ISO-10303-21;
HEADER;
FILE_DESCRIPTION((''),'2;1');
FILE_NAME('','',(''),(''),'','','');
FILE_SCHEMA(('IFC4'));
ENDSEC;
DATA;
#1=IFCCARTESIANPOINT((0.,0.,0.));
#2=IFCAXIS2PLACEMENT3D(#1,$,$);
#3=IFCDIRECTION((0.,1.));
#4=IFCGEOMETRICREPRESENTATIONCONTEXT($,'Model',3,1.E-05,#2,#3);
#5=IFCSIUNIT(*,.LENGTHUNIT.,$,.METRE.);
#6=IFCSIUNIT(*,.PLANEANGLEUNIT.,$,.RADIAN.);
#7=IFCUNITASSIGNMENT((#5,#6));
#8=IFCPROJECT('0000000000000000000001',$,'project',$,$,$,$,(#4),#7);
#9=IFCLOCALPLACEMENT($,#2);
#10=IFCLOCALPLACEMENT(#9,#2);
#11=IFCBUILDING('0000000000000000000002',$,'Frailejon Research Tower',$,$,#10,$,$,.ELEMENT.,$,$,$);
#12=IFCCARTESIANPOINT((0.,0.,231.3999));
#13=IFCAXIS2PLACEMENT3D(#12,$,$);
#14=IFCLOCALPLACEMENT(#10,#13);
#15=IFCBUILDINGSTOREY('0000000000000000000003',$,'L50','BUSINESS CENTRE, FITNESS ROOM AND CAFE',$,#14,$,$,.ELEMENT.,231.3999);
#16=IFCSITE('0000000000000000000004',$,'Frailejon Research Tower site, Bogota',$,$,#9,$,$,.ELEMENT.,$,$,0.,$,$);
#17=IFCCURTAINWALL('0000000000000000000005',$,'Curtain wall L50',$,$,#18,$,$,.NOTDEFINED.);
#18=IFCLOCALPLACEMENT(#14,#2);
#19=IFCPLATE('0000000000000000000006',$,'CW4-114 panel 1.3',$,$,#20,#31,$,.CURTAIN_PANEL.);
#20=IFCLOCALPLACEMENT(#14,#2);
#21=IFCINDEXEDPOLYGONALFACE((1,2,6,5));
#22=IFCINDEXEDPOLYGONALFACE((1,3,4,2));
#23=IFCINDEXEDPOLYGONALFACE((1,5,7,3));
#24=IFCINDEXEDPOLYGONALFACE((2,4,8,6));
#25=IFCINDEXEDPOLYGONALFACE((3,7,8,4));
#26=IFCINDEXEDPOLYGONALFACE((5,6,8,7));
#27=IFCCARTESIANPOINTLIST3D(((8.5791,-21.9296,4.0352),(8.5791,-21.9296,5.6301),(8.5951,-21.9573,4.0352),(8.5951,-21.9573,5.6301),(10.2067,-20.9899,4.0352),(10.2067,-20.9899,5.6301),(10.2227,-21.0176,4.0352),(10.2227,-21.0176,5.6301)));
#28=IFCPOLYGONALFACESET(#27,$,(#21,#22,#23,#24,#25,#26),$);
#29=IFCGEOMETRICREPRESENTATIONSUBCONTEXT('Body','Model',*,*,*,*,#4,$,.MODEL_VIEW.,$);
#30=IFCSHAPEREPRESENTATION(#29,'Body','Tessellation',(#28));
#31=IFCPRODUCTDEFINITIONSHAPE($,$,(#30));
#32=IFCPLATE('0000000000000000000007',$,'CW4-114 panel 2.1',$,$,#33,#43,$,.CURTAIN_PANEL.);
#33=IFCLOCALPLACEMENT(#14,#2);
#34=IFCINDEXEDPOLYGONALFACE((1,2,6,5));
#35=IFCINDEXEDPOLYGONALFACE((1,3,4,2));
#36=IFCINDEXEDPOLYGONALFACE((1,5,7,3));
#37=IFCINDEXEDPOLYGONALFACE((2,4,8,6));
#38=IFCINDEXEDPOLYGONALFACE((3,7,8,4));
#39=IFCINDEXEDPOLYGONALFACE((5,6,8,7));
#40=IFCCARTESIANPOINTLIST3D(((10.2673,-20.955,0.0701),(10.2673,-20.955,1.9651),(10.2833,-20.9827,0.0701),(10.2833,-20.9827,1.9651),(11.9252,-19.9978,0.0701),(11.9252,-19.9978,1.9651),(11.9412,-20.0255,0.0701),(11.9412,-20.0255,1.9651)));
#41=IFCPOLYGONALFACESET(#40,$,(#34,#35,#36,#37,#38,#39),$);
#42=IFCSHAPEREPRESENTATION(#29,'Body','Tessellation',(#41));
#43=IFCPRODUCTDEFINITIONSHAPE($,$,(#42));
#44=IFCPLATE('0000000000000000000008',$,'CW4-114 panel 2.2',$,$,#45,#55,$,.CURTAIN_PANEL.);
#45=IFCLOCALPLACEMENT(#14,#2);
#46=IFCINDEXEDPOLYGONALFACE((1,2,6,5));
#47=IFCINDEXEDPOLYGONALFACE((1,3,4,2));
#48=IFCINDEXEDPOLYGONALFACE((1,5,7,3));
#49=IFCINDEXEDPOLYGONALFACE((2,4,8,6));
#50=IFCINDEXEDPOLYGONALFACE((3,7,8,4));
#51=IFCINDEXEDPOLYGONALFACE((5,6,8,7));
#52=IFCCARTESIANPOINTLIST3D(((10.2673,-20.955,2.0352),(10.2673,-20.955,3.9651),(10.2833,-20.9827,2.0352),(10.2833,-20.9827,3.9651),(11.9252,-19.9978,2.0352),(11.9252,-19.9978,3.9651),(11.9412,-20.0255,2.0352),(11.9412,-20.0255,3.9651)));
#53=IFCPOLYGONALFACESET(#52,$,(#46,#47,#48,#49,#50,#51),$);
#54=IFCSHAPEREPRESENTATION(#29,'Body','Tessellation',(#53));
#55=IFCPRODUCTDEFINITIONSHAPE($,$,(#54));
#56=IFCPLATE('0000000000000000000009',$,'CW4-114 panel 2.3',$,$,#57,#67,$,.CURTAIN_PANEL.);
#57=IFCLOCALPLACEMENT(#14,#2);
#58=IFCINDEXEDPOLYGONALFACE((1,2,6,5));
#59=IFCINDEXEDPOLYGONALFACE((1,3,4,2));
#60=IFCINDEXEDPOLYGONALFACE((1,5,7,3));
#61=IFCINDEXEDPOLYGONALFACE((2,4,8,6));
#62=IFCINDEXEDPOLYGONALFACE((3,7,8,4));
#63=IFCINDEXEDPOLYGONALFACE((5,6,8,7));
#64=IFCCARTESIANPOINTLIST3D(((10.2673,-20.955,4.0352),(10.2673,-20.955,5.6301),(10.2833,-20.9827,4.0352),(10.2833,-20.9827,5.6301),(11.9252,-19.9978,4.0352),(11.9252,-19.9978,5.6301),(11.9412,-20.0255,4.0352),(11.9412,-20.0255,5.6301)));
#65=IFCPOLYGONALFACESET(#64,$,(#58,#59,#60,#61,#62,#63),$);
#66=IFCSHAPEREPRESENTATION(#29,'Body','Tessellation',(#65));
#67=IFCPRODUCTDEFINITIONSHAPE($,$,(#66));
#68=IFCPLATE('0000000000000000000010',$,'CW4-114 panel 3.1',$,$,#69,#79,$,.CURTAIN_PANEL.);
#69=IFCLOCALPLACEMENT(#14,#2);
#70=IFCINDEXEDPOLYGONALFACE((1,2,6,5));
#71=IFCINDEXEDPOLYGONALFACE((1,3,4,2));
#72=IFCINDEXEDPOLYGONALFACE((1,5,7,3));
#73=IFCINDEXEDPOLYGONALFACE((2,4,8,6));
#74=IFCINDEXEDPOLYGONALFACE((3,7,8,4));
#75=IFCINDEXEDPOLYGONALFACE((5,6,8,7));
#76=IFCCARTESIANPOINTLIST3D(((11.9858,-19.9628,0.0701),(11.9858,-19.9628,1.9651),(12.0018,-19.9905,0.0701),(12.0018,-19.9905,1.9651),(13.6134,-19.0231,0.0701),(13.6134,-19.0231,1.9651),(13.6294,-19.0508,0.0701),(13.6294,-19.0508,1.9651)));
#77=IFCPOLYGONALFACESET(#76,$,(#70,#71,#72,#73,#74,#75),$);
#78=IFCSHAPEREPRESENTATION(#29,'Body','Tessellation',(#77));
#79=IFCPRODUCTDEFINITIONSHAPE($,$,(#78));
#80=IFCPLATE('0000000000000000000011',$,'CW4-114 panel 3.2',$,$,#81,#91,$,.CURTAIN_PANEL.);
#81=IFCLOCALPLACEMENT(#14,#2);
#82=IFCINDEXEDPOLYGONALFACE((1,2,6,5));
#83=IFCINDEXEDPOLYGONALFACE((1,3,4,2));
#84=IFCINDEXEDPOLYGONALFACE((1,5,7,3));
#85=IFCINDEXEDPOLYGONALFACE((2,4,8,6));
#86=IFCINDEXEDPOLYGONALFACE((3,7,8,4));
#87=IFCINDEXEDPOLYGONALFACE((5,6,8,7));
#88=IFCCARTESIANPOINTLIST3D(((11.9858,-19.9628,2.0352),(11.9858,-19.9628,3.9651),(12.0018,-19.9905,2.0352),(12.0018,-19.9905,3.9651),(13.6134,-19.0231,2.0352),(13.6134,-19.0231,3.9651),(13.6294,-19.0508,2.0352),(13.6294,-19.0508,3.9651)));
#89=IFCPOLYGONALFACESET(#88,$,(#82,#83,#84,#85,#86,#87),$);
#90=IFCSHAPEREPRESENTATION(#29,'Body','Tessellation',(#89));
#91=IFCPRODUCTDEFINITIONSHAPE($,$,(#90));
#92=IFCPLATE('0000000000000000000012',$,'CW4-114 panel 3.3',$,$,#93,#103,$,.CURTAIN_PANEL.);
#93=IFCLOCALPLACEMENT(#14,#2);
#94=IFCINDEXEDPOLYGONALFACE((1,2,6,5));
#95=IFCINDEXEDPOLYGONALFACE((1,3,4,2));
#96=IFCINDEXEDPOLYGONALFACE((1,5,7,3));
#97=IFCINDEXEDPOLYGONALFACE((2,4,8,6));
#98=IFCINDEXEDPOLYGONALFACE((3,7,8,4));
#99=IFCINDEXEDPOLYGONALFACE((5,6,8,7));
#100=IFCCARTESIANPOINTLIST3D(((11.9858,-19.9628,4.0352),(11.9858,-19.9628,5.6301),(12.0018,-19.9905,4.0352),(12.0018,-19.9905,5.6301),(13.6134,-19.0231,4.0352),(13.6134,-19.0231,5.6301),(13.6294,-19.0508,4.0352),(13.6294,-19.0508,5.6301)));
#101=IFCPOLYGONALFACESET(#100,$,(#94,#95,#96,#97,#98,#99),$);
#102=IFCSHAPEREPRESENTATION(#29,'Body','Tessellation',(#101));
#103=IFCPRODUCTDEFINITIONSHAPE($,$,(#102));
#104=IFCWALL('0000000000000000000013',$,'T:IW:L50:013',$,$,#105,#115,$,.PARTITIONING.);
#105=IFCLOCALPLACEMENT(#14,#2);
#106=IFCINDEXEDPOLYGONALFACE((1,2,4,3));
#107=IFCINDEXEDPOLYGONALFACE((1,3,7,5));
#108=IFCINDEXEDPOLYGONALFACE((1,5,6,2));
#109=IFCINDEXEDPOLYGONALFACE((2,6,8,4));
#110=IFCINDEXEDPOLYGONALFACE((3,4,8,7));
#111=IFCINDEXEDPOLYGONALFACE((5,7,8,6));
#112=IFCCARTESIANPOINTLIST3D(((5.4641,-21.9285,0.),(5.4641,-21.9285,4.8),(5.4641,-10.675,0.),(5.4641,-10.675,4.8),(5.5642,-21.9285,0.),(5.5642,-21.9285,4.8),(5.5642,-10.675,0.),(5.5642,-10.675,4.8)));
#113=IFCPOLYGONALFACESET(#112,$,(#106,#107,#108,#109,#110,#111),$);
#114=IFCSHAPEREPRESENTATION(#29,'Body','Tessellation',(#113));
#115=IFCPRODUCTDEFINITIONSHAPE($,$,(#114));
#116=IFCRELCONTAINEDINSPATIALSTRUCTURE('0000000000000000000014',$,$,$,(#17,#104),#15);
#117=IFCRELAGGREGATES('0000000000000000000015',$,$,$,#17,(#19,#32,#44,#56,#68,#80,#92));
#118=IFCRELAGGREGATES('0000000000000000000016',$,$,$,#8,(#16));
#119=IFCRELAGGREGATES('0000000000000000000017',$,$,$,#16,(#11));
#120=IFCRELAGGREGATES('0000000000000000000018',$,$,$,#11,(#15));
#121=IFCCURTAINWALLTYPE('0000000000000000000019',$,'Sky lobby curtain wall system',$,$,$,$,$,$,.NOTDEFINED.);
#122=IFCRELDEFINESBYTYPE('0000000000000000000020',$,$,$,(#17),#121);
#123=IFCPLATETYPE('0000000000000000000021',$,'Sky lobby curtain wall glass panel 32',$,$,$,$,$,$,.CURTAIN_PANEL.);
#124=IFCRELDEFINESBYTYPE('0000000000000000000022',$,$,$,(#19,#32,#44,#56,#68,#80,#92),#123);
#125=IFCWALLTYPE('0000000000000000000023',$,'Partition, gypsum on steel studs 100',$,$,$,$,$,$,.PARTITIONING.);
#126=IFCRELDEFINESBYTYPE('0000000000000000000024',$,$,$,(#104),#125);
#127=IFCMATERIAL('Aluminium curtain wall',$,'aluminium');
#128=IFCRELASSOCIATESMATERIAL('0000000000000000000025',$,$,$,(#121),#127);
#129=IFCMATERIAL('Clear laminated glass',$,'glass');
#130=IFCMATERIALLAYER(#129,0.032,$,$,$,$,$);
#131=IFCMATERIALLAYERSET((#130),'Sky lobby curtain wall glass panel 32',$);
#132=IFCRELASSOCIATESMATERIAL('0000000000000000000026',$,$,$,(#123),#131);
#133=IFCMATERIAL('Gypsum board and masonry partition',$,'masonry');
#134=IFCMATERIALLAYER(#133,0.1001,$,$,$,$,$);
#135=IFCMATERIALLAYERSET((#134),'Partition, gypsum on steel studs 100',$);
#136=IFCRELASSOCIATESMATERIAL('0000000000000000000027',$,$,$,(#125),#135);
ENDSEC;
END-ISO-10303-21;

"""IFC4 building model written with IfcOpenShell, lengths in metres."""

from ifc_helpers import new_model, si_unit, direction, frame, frame_2d, origin, origin_2d, place, context, subcontext, project, spatial, rectangle, extrude, material, layer, layer_set, type_object, element, aggregate, save


model = new_model("IFC4")

# Units and contexts
model_context = context("Model", 3, precision=1e-05, world=origin(), true_north=direction((0.0, 1.0)))
body_context = subcontext(model_context, "Body", "Model", "MODEL_VIEW")
ifc_project = project(units=[si_unit("LENGTHUNIT", "METRE"), si_unit("PLANEANGLEUNIT", "RADIAN")], contexts=[model_context])

# Site, building, storey
site_placement = place(None, origin())
site = spatial("IfcSite", under=ifc_project, at=site_placement, Name="Frailejon Research Tower site, Bogota", CompositionType="ELEMENT", RefElevation=0.0)
building_placement = place(site_placement, origin())
building = spatial("IfcBuilding", under=site, at=building_placement, Name="Frailejon Research Tower", CompositionType="ELEMENT")
storey_placement = place(building_placement, frame((0.0, 0.0, 231.3999)))
storey = spatial("IfcBuildingStorey", under=building, at=storey_placement, Name="L50", Description="BUSINESS CENTRE, FITNESS ROOM AND CAFE", CompositionType="ELEMENT", Elevation=231.3999)

# Curtain wall, plates
ifc_material_1 = material(Name="Aluminium curtain wall", Category="aluminium")
curtain_wall_type = type_object("IfcCurtainWallType", Name="Sky lobby curtain wall system", PredefinedType="NOTDEFINED", material=ifc_material_1)
curtain_wall_placement = place(storey_placement, origin())
curtain_wall = element("IfcCurtainWall", 1, at=curtain_wall_placement, inside=storey, type_object=curtain_wall_type, Name="Curtain wall L50", PredefinedType="NOTDEFINED")
ifc_material_2 = material(Name="Clear laminated glass", Category="glass")
ifc_layer_1 = layer(ifc_material_2, 0.032)
ifc_layer_set_1 = layer_set([ifc_layer_1], Name="Sky lobby curtain wall glass panel 32")
plate_type = type_object("IfcPlateType", Name="Sky lobby curtain wall glass panel 32", PredefinedType="CURTAIN_PANEL", material=ifc_layer_set_1)
plate_1_placement = place(storey_placement, frame((9.4009, -21.4736, 4.0352), z_axis=(0.0, 0.0, 1.0), x_axis=(0.866031, 0.499991, 0.0)))
plate_1 = element("IfcPlate", 2, at=plate_1_placement, type_object=plate_type, Name="CW4-114 panel 1.3", PredefinedType="CURTAIN_PANEL", context=body_context, shape_type="SweptSolid", body=[
    extrude(rectangle(XDim=1.8794, YDim=0.032, at=origin_2d()), origin(), (0.0, 0.0, 1.0), 1.595),
])
plate_2_placement = place(storey_placement, frame((11.1042, -20.4902, 0.0701), z_axis=(0.0, 0.0, 1.0), x_axis=(0.866031, 0.499991, 0.0)))
plate_2 = element("IfcPlate", 3, at=plate_2_placement, type_object=plate_type, Name="CW4-114 panel 2.1", PredefinedType="CURTAIN_PANEL", context=body_context, shape_type="SweptSolid", body=[
    extrude(rectangle(XDim=1.9143, YDim=0.032, at=origin_2d()), origin(), (0.0, 0.0, 1.0), 1.895),
])
plate_3_placement = place(storey_placement, frame((11.1042, -20.4902, 2.0352), z_axis=(0.0, 0.0, 1.0), x_axis=(0.866031, 0.499991, 0.0)))
plate_3 = element("IfcPlate", 4, at=plate_3_placement, type_object=plate_type, Name="CW4-114 panel 2.2", PredefinedType="CURTAIN_PANEL", context=body_context, shape_type="SweptSolid", body=[
    extrude(rectangle(XDim=1.9143, YDim=0.032, at=origin_2d()), origin(), (0.0, 0.0, 1.0), 1.9299),
])
plate_4_placement = place(storey_placement, frame((11.1042, -20.4902, 4.0352), z_axis=(0.0, 0.0, 1.0), x_axis=(0.866031, 0.499991, 0.0)))
plate_4 = element("IfcPlate", 5, at=plate_4_placement, type_object=plate_type, Name="CW4-114 panel 2.3", PredefinedType="CURTAIN_PANEL", context=body_context, shape_type="SweptSolid", body=[
    extrude(rectangle(XDim=1.9143, YDim=0.032, at=origin_2d()), origin(), (0.0, 0.0, 1.0), 1.595),
])
plate_5_placement = place(storey_placement, frame((12.8076, -19.5068, 0.0701), z_axis=(0.0, 0.0, 1.0), x_axis=(0.866031, 0.499991, 0.0)))
plate_5 = element("IfcPlate", 6, at=plate_5_placement, type_object=plate_type, Name="CW4-114 panel 3.1", PredefinedType="CURTAIN_PANEL", context=body_context, shape_type="SweptSolid", body=[
    extrude(rectangle(XDim=1.8794, YDim=0.032, at=origin_2d()), origin(), (0.0, 0.0, 1.0), 1.895),
])
plate_6_placement = place(storey_placement, frame((12.8076, -19.5068, 2.0352), z_axis=(0.0, 0.0, 1.0), x_axis=(0.866031, 0.499991, 0.0)))
plate_6 = element("IfcPlate", 7, at=plate_6_placement, type_object=plate_type, Name="CW4-114 panel 3.2", PredefinedType="CURTAIN_PANEL", context=body_context, shape_type="SweptSolid", body=[
    extrude(rectangle(XDim=1.8794, YDim=0.032, at=origin_2d()), origin(), (0.0, 0.0, 1.0), 1.9299),
])
plate_7_placement = place(storey_placement, frame((12.8076, -19.5068, 4.0352), z_axis=(0.0, 0.0, 1.0), x_axis=(0.866031, 0.499991, 0.0)))
plate_7 = element("IfcPlate", 8, at=plate_7_placement, type_object=plate_type, Name="CW4-114 panel 3.3", PredefinedType="CURTAIN_PANEL", context=body_context, shape_type="SweptSolid", body=[
    extrude(rectangle(XDim=1.8794, YDim=0.032, at=origin_2d()), origin(), (0.0, 0.0, 1.0), 1.595),
])
aggregate(curtain_wall, [plate_1, plate_2, plate_3, plate_4, plate_5, plate_6, plate_7])

# Wall
ifc_material_3 = material(Name="Gypsum board and masonry partition", Category="masonry")
ifc_layer_2 = layer(ifc_material_3, 0.1001)
ifc_layer_set_2 = layer_set([ifc_layer_2], Name="Partition, gypsum on steel studs 100")
wall_type = type_object("IfcWallType", Name="Partition, gypsum on steel studs 100", PredefinedType="PARTITIONING", material=ifc_layer_set_2)
wall_placement = place(storey_placement, frame((5.5142, -21.9285, 0.0), z_axis=(0.0, 0.0, 1.0), x_axis=(0.0, 1.0, 0.0)))
element("IfcWall", 9, at=wall_placement, inside=storey, type_object=wall_type, Name="T:IW:L50:013", PredefinedType="PARTITIONING", context=body_context, shape_type="SweptSolid", body=[
    extrude(rectangle(XDim=11.2534, YDim=0.1001, at=frame_2d((5.6267, 0.0))), origin(), (0.0, 0.0, 1.0), 4.8),
])

save(model, "model.ifc")
